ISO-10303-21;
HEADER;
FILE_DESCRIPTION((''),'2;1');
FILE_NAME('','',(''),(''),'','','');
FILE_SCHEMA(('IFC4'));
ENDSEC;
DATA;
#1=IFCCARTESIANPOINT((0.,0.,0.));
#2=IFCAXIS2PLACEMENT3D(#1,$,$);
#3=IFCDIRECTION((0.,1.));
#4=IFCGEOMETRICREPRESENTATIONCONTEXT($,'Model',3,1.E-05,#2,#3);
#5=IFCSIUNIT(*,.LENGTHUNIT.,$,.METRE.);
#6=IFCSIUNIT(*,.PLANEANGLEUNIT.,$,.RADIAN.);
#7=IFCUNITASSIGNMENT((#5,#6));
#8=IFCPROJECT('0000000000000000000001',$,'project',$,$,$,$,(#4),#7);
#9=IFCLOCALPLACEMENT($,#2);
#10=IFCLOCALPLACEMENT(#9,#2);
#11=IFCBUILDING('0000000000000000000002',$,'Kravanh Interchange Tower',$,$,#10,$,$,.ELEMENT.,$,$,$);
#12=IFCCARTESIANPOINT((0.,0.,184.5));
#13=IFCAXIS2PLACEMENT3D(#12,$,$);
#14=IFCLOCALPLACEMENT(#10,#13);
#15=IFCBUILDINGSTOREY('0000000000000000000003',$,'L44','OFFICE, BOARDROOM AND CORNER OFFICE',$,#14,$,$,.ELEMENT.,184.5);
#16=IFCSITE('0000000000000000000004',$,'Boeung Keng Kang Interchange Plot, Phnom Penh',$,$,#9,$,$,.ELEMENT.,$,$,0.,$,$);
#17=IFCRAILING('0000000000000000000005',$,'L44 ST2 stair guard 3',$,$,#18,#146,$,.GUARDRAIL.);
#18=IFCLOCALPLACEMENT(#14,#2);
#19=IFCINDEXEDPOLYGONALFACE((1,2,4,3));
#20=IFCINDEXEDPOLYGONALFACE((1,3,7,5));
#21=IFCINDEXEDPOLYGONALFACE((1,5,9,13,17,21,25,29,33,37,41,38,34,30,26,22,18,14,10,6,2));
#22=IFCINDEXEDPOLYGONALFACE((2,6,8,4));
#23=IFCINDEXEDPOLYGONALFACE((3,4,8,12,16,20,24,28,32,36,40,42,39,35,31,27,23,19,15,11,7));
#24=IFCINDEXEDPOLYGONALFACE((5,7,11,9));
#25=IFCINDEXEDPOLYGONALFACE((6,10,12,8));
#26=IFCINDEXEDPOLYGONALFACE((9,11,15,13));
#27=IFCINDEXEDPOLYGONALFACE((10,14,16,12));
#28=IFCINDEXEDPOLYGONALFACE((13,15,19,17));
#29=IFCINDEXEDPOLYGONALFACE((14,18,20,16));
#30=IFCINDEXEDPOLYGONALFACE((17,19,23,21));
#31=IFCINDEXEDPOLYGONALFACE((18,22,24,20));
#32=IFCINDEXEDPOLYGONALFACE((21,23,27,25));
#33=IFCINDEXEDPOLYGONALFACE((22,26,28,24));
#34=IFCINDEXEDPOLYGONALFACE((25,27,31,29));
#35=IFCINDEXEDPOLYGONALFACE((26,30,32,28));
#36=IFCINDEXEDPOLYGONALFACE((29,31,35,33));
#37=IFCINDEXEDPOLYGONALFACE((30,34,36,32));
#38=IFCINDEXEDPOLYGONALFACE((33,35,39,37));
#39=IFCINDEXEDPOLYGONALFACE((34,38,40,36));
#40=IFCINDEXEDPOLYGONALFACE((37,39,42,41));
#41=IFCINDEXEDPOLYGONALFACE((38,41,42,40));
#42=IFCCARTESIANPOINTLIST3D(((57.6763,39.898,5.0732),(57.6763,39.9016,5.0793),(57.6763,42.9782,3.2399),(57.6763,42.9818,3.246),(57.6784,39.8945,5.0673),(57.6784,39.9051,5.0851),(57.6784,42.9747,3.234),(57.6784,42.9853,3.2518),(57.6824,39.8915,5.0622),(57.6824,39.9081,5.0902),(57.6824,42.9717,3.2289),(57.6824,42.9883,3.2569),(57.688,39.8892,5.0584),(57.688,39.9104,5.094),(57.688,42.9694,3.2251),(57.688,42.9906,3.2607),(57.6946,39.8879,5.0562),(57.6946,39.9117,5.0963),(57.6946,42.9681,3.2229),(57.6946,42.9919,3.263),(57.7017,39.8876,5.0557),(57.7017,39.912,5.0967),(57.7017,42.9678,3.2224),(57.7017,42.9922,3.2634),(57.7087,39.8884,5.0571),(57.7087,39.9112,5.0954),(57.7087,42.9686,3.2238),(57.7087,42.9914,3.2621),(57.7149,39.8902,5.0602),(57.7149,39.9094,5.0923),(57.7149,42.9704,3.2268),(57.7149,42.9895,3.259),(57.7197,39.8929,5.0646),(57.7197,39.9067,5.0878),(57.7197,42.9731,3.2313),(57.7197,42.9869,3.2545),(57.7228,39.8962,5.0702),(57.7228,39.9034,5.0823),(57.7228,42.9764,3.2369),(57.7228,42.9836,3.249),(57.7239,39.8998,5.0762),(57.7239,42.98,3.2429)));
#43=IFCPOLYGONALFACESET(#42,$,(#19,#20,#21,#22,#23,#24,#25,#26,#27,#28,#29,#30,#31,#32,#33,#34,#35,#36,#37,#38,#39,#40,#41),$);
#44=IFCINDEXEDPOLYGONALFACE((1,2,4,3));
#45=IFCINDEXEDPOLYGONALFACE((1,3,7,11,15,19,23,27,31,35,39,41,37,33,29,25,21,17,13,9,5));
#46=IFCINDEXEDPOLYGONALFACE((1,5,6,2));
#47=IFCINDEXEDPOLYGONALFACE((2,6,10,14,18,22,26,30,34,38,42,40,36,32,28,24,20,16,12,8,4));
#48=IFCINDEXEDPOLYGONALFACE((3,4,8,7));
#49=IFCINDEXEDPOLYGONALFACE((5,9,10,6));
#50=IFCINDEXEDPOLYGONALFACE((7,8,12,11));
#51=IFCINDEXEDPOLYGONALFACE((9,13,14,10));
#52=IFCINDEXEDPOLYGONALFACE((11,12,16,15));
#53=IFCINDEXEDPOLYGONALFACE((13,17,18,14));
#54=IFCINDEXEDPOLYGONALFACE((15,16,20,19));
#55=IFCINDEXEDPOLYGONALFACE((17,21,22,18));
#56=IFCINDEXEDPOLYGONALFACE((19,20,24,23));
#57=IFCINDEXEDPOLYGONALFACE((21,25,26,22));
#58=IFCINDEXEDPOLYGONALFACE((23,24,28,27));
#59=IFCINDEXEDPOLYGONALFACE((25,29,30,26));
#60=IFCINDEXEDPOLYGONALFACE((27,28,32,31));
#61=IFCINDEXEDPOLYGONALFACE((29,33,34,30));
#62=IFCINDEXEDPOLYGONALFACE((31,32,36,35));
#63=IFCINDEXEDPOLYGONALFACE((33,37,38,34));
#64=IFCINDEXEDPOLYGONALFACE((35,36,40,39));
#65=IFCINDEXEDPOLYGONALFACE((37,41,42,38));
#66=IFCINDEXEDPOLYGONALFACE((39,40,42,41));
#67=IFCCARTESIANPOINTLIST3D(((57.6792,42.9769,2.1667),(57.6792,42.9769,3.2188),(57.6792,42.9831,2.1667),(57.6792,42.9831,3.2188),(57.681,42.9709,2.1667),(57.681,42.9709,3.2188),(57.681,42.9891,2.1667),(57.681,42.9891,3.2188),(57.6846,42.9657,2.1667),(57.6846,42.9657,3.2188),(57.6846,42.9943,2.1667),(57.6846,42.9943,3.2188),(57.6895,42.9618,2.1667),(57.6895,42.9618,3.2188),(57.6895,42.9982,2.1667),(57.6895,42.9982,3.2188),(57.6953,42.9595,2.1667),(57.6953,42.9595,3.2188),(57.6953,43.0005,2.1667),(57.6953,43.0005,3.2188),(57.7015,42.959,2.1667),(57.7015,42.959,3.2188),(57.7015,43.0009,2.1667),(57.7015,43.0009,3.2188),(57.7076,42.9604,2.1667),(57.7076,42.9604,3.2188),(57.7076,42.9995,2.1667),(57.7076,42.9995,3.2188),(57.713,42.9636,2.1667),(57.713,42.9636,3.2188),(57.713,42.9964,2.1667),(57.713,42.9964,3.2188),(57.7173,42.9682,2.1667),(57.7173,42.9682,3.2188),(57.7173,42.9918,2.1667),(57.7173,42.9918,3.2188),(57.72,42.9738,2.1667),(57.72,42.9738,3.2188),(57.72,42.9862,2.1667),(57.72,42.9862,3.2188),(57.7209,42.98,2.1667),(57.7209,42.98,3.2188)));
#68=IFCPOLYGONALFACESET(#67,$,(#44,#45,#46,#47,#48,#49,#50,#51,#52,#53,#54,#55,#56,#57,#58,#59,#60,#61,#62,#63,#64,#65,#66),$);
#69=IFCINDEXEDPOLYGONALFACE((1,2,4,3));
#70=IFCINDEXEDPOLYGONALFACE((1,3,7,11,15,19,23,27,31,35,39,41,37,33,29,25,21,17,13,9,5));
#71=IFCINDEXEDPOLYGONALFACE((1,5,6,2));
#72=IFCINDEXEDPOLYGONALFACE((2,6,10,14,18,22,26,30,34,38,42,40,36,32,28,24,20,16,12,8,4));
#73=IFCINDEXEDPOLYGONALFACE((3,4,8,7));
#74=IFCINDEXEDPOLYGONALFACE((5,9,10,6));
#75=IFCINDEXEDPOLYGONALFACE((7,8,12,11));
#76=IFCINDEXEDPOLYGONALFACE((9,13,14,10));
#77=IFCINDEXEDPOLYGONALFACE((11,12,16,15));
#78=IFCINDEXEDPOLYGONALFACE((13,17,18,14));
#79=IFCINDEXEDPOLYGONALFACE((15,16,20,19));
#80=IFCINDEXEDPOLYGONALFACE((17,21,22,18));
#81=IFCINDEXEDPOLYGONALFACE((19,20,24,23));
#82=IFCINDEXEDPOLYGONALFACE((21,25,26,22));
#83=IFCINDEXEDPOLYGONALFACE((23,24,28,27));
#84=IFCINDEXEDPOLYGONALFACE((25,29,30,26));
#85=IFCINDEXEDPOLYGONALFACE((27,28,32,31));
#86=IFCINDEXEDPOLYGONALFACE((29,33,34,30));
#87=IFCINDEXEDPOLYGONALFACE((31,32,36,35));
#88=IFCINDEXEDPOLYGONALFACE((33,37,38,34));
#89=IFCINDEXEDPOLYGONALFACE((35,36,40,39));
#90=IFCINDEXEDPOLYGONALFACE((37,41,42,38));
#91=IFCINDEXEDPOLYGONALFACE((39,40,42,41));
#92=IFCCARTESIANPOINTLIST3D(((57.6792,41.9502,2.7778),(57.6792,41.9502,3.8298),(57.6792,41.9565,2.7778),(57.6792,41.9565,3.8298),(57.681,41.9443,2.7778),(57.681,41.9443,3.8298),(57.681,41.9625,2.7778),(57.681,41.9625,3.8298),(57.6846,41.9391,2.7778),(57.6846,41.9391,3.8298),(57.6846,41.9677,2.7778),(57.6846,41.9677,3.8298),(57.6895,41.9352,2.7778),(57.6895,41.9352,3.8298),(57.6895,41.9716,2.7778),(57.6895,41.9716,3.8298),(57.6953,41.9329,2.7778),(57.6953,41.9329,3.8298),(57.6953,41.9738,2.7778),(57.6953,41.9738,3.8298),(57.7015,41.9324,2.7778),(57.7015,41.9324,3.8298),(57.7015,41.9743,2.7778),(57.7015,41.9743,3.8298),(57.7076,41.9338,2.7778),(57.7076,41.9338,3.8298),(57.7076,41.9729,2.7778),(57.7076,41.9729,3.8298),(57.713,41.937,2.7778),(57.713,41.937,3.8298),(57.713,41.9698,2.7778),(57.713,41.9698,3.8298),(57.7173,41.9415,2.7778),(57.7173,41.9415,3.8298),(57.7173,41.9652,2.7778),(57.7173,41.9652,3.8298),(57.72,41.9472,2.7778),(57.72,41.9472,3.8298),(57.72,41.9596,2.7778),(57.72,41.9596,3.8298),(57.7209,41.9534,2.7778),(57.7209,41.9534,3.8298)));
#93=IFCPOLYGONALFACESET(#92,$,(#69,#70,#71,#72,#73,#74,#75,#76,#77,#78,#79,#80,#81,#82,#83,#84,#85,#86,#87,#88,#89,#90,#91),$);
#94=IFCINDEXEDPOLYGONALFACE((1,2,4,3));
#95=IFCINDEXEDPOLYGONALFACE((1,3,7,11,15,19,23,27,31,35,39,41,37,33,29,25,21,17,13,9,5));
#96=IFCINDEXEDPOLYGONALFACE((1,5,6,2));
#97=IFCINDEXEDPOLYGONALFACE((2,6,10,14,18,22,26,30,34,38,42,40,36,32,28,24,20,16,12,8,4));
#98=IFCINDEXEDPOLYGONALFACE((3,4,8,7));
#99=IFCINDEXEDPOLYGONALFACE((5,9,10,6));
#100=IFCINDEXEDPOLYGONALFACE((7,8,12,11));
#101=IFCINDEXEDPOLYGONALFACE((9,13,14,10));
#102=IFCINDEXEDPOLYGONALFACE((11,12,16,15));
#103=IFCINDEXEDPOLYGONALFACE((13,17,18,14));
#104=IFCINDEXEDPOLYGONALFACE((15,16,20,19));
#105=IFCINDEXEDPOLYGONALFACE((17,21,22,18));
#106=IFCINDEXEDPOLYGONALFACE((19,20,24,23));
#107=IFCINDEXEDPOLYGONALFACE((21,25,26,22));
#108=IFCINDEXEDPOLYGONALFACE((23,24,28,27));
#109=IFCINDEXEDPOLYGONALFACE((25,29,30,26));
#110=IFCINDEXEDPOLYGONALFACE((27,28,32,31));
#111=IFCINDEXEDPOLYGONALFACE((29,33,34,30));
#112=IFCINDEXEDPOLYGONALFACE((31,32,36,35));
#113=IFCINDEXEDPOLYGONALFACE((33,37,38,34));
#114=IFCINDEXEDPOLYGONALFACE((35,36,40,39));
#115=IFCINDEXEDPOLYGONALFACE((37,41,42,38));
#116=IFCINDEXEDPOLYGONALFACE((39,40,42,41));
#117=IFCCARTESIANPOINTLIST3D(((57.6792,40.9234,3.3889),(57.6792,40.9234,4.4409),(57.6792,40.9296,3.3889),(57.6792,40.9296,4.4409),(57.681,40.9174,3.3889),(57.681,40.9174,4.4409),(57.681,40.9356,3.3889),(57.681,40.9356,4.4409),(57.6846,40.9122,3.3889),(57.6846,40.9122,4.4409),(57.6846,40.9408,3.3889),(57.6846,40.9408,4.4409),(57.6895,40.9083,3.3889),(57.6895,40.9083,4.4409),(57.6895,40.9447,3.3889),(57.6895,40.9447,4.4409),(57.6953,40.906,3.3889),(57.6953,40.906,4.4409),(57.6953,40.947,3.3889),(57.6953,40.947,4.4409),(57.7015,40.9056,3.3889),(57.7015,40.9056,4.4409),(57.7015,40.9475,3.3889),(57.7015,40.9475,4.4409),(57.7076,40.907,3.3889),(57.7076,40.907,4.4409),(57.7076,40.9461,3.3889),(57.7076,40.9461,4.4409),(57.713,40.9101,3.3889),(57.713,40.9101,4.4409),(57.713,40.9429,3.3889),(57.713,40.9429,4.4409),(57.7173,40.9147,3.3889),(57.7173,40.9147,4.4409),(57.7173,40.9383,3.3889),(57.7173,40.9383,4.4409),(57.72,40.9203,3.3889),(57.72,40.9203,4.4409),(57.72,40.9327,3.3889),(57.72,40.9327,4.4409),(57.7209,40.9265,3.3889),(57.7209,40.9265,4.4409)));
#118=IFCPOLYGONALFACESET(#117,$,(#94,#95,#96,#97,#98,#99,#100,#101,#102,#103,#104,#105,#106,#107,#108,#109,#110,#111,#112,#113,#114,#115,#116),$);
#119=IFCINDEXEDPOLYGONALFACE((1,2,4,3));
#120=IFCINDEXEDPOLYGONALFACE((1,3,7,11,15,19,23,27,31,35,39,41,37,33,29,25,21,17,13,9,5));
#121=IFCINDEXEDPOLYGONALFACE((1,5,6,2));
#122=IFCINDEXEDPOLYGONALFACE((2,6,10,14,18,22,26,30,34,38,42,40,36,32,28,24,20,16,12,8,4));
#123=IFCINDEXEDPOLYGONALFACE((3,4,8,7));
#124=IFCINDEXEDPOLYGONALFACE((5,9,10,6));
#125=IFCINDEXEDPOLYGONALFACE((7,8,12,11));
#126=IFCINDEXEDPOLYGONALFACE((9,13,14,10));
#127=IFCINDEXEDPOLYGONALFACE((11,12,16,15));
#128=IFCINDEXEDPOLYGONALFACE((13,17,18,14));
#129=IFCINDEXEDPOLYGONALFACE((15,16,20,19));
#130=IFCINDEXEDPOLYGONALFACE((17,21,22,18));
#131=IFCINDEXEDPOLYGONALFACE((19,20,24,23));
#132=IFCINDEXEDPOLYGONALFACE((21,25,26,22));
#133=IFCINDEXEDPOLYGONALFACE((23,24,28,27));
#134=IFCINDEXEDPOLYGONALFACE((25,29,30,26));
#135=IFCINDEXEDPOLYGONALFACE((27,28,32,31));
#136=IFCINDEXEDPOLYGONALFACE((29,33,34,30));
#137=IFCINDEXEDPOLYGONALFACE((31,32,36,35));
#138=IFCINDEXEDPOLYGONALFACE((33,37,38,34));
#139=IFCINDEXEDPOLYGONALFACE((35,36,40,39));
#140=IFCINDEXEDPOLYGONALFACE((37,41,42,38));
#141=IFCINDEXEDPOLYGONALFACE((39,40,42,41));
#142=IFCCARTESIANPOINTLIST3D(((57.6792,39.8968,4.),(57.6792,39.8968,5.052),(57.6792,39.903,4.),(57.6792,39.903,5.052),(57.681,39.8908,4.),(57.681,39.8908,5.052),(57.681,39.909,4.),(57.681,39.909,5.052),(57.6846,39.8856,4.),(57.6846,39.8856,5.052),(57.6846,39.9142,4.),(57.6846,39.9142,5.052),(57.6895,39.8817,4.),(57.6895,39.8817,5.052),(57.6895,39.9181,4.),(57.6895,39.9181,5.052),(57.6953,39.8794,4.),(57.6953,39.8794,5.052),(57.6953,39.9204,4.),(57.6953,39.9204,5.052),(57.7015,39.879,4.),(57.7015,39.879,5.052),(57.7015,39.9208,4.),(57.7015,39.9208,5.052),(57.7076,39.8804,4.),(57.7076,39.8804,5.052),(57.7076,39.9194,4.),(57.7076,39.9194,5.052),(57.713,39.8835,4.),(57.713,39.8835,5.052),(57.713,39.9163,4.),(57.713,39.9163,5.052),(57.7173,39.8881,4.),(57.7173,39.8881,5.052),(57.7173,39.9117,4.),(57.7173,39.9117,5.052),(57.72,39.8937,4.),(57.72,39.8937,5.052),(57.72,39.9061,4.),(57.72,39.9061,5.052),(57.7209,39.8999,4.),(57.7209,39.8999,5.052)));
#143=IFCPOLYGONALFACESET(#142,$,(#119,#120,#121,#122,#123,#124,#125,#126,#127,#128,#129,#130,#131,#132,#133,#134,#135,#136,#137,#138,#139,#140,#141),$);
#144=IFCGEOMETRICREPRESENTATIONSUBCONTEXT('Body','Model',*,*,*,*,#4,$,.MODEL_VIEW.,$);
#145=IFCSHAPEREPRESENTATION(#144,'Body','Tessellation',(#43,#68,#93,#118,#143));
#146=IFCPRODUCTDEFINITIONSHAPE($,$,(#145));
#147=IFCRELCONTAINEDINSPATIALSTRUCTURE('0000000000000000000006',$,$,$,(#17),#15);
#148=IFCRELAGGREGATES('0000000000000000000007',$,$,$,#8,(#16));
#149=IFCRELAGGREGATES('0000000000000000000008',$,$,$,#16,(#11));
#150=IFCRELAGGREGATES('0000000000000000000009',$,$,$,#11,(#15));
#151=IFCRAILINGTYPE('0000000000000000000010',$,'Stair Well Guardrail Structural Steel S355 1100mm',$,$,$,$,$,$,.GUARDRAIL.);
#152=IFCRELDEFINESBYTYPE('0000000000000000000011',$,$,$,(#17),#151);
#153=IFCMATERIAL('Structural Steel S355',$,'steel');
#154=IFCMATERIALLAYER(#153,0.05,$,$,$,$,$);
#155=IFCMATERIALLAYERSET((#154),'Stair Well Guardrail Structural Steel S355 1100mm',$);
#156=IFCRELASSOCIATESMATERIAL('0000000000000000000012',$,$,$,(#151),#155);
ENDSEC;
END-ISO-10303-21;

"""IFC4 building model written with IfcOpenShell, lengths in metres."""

from ifc_helpers import new_model, si_unit, direction, frame, origin, origin_2d, place, context, subcontext, project, spatial, circle, extrude, material, layer, layer_set, type_object, element, save


model = new_model("IFC4")

# Units and contexts
model_context = context("Model", 3, precision=1e-05, world=origin(), true_north=direction((0.0, 1.0)))
body_context = subcontext(model_context, "Body", "Model", "MODEL_VIEW")
ifc_project = project(units=[si_unit("LENGTHUNIT", "METRE"), si_unit("PLANEANGLEUNIT", "RADIAN")], contexts=[model_context])

# Site, building, storey
site_placement = place(None, origin())
site = spatial("IfcSite", under=ifc_project, at=site_placement, Name="Boeung Keng Kang Interchange Plot, Phnom Penh", CompositionType="ELEMENT", RefElevation=0.0)
building_placement = place(site_placement, origin())
building = spatial("IfcBuilding", under=site, at=building_placement, Name="Kravanh Interchange Tower", CompositionType="ELEMENT")
storey_placement = place(building_placement, frame((0.0, 0.0, 184.5)))
storey = spatial("IfcBuildingStorey", under=building, at=storey_placement, Name="L44", Description="OFFICE, BOARDROOM AND CORNER OFFICE", CompositionType="ELEMENT", Elevation=184.5)

# Railing
ifc_material_1 = material(Name="Structural Steel S355", Category="steel")
ifc_layer_1 = layer(ifc_material_1, 0.05)
ifc_layer_set_1 = layer_set([ifc_layer_1], Name="Stair Well Guardrail Structural Steel S355 1100mm")
railing_type_1 = type_object("IfcRailingType", Name="Stair Well Guardrail Structural Steel S355 1100mm", PredefinedType="GUARDRAIL", material=ifc_layer_set_1)
railing_1_placement = place(storey_placement, frame((57.7, 42.98, 2.1667)))
element("IfcRailing", 1, at=railing_1_placement, inside=storey, type_object=railing_type_1, Name="L44 ST2 stair guard 3", PredefinedType="GUARDRAIL", context=body_context, shape_type="SweptSolid", body=[
    extrude(circle(Radius=0.0239, at=origin_2d()), frame((0.0, 0.0, 1.0762), z_axis=(0.0, -0.859309, 0.511458), x_axis=(1.0, 0.0, 0.0)), (0.0, 0.0, 1.0), 3.5845),
    extrude(circle(Radius=0.021, at=origin_2d()), origin(), (0.0, 0.0, 1.0), 1.052),
    extrude(circle(Radius=0.021, at=origin_2d()), frame((0.0, -1.0266, 0.6111)), (0.0, 0.0, 1.0), 1.052),
    extrude(circle(Radius=0.021, at=origin_2d()), frame((0.0, -2.0535, 1.2222)), (0.0, 0.0, 1.0), 1.052),
    extrude(circle(Radius=0.021, at=origin_2d()), frame((0.0, -3.0801, 1.8333)), (0.0, 0.0, 1.0), 1.052),
])

save(model, "model.ifc")
